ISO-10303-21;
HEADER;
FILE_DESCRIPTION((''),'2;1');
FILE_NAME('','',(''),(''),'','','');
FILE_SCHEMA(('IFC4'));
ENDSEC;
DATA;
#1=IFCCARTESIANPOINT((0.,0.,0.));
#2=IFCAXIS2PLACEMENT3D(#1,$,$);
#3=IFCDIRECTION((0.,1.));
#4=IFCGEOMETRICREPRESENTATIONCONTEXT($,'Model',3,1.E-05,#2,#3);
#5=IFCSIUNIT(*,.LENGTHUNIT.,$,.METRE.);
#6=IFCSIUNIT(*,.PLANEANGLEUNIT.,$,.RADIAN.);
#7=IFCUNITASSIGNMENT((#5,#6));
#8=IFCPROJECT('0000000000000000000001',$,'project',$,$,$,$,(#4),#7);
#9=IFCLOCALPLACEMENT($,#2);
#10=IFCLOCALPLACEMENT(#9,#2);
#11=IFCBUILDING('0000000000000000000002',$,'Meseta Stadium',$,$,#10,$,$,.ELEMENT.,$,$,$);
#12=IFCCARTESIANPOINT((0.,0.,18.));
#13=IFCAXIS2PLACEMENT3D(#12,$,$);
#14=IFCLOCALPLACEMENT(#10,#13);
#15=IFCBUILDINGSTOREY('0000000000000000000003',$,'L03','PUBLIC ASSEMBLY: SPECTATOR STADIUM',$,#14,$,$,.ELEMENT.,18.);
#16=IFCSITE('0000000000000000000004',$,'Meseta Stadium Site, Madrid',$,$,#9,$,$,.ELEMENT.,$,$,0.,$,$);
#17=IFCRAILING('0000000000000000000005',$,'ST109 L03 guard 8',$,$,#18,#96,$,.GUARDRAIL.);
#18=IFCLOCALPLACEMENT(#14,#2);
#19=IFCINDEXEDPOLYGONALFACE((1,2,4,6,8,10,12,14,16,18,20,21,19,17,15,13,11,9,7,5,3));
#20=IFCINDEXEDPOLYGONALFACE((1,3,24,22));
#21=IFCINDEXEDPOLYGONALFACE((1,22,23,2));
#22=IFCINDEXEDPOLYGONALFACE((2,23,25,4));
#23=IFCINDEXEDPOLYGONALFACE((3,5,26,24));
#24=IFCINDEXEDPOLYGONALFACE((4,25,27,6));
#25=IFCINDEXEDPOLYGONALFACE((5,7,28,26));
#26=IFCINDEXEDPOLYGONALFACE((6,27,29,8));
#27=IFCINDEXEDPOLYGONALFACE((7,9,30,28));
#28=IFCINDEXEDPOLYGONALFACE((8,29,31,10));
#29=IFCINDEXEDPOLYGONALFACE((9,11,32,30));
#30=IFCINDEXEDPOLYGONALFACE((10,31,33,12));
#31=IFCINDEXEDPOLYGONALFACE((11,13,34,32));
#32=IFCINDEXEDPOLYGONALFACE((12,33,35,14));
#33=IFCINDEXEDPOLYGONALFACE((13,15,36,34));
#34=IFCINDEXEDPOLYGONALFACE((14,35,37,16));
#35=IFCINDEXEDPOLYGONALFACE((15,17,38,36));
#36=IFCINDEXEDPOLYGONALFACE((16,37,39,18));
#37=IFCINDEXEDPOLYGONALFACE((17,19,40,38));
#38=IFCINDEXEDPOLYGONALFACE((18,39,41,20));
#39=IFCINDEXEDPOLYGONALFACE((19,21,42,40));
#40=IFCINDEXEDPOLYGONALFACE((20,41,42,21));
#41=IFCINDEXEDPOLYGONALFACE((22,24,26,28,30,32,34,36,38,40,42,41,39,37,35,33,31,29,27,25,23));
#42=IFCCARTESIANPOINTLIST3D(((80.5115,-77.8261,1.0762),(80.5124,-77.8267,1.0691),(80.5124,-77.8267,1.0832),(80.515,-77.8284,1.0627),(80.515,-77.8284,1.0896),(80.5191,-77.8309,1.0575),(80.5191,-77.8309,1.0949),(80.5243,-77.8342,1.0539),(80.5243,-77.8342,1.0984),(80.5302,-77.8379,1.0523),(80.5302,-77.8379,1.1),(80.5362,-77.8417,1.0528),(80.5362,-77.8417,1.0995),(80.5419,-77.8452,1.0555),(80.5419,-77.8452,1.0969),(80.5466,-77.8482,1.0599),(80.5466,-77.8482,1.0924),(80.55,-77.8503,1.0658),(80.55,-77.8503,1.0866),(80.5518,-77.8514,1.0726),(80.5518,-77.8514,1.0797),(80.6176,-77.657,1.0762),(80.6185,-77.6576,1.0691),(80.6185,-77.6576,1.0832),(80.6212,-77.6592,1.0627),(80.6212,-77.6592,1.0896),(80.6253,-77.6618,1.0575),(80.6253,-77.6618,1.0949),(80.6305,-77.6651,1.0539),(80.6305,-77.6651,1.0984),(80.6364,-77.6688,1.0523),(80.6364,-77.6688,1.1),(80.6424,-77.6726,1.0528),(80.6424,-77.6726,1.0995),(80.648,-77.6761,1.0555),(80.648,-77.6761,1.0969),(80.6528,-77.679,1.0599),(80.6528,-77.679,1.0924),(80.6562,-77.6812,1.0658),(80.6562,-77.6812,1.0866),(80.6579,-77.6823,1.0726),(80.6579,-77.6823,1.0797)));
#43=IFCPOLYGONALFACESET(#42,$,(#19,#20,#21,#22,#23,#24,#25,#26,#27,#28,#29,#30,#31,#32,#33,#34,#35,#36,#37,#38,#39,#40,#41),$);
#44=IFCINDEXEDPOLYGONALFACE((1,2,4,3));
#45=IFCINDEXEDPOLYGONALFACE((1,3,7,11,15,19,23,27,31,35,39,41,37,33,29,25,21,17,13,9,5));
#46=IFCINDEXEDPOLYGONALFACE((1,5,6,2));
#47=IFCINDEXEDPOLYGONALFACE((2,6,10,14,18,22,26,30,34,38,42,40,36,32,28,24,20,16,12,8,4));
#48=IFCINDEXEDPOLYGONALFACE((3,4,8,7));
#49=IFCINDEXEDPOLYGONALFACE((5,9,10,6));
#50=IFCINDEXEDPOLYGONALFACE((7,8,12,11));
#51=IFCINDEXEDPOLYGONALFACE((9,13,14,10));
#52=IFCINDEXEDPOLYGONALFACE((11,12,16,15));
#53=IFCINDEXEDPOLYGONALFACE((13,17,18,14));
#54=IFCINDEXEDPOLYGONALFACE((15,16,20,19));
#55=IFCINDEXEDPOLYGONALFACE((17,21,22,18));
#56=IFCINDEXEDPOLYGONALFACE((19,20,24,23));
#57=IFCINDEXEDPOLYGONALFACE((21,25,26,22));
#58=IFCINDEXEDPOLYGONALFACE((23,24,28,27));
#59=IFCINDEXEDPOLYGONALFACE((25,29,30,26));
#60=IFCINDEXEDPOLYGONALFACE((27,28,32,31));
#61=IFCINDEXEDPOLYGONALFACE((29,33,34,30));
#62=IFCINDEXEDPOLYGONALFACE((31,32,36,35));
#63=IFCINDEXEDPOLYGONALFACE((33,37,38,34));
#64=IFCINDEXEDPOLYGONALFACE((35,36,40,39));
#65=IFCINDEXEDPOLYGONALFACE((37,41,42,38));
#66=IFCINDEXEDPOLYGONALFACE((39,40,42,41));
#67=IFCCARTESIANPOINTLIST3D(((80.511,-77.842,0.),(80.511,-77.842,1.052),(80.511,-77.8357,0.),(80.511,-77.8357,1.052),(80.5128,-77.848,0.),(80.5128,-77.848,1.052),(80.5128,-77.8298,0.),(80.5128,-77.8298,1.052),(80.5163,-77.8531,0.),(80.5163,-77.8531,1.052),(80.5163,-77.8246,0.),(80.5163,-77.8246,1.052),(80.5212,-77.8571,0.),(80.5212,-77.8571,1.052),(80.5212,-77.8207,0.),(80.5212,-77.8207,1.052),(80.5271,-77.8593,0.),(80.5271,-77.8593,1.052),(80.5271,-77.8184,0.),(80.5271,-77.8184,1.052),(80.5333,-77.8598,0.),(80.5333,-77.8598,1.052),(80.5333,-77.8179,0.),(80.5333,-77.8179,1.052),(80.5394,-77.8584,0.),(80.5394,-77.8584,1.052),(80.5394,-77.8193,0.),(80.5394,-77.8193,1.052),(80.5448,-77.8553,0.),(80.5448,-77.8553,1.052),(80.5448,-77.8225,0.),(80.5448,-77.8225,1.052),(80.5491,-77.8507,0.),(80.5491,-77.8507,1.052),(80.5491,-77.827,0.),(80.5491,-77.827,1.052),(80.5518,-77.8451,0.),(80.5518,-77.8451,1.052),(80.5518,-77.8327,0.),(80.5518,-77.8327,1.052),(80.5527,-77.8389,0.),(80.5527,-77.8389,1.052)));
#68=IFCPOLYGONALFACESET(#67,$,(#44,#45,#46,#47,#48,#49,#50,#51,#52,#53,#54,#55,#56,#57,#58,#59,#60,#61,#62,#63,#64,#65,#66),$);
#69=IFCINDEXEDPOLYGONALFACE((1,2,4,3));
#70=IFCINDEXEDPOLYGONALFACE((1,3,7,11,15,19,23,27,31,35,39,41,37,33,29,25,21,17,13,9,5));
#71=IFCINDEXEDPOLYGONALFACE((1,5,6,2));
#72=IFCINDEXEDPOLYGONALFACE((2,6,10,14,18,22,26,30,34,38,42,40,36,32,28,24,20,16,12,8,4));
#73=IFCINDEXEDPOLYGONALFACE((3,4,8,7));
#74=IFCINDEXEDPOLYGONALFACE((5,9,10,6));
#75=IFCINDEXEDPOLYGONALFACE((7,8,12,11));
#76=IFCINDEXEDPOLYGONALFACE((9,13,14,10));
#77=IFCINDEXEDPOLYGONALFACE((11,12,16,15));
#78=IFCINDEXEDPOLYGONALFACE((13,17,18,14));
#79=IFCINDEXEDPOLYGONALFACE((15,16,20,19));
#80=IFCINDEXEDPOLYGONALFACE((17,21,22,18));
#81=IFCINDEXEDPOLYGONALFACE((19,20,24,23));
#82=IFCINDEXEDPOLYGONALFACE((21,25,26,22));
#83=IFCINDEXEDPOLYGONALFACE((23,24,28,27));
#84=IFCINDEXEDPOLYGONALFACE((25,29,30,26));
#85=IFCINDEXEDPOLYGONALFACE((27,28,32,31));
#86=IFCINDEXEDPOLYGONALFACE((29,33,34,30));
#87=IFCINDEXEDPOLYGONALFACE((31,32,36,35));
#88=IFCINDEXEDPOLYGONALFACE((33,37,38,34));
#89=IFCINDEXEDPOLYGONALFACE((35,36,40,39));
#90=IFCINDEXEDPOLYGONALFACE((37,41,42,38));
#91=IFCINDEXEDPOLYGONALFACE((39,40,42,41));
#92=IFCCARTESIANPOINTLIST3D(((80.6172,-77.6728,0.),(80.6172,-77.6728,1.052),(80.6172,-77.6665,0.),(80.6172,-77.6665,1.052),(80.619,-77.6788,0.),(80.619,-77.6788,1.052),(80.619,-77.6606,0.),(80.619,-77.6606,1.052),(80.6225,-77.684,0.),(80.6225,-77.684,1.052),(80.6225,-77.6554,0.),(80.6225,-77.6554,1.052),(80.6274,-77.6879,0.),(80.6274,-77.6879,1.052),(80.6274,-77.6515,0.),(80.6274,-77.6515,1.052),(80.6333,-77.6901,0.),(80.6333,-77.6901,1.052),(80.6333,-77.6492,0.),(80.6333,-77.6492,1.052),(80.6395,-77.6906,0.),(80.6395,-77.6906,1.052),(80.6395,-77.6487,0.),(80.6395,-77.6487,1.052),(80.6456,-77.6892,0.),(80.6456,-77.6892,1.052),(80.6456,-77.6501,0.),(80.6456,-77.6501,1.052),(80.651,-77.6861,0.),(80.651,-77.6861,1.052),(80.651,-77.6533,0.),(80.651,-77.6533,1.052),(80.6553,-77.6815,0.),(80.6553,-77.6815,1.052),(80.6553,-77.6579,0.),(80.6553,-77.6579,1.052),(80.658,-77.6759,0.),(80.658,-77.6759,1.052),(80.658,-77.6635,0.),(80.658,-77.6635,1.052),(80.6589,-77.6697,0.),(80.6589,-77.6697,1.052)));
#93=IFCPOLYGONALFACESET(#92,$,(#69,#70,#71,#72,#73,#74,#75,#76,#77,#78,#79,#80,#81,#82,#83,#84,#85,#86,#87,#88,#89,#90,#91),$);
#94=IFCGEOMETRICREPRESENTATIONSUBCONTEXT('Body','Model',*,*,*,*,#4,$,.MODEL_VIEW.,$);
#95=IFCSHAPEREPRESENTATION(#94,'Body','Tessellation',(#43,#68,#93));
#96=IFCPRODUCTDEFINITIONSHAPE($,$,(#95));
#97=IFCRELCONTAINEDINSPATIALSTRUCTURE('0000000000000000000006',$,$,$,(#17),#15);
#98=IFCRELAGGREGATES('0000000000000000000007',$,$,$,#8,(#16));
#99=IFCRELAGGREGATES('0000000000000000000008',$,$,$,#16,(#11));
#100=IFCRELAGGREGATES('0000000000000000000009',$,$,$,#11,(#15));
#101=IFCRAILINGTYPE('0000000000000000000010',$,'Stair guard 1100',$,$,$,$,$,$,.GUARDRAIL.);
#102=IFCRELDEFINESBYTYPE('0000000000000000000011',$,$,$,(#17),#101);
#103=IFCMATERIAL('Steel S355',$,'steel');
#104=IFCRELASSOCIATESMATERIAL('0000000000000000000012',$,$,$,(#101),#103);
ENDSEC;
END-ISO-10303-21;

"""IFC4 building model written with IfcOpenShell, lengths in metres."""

from ifc_helpers import new_model, si_unit, direction, frame, origin, origin_2d, place, context, subcontext, project, spatial, circle, extrude, material, type_object, element, save


model = new_model("IFC4")

# Units and contexts
model_context = context("Model", 3, precision=1e-05, world=origin(), true_north=direction((0.0, 1.0)))
body_context = subcontext(model_context, "Body", "Model", "MODEL_VIEW")
ifc_project = project(units=[si_unit("LENGTHUNIT", "METRE"), si_unit("PLANEANGLEUNIT", "RADIAN")], contexts=[model_context])

# Site, building, storey
site_placement = place(None, origin())
site = spatial("IfcSite", under=ifc_project, at=site_placement, Name="Meseta Stadium Site, Madrid", CompositionType="ELEMENT", RefElevation=0.0)
building_placement = place(site_placement, origin())
building = spatial("IfcBuilding", under=site, at=building_placement, Name="Meseta Stadium", CompositionType="ELEMENT")
storey_placement = place(building_placement, frame((0.0, 0.0, 18.0)))
storey = spatial("IfcBuildingStorey", under=building, at=storey_placement, Name="L03", Description="PUBLIC ASSEMBLY: SPECTATOR STADIUM", CompositionType="ELEMENT", Elevation=18.0)

# Railing
ifc_material_1 = material(Name="Steel S355", Category="steel")
railing_type_1 = type_object("IfcRailingType", Name="Stair guard 1100", PredefinedType="GUARDRAIL", material=ifc_material_1)
railing_1_placement = place(storey_placement, frame((80.5317, -77.8389, 0.0)))
element("IfcRailing", 1, at=railing_1_placement, inside=storey, type_object=railing_type_1, Name="ST109 L03 guard 8", PredefinedType="GUARDRAIL", context=body_context, shape_type="SweptSolid", body=[
    extrude(circle(Radius=0.0239, at=origin_2d()), frame((0.0, 0.0, 1.0762), z_axis=(0.531646, 0.846967, 0.0), x_axis=(-0.846967, 0.531646, 0.0)), (0.0, 0.0, 1.0), 0.1997),
    extrude(circle(Radius=0.021, at=origin_2d()), origin(), (0.0, 0.0, 1.0), 1.052),
    extrude(circle(Radius=0.021, at=origin_2d()), frame((0.1062, 0.1692, 0.0)), (0.0, 0.0, 1.0), 1.052),
])

save(model, "model.ifc")
